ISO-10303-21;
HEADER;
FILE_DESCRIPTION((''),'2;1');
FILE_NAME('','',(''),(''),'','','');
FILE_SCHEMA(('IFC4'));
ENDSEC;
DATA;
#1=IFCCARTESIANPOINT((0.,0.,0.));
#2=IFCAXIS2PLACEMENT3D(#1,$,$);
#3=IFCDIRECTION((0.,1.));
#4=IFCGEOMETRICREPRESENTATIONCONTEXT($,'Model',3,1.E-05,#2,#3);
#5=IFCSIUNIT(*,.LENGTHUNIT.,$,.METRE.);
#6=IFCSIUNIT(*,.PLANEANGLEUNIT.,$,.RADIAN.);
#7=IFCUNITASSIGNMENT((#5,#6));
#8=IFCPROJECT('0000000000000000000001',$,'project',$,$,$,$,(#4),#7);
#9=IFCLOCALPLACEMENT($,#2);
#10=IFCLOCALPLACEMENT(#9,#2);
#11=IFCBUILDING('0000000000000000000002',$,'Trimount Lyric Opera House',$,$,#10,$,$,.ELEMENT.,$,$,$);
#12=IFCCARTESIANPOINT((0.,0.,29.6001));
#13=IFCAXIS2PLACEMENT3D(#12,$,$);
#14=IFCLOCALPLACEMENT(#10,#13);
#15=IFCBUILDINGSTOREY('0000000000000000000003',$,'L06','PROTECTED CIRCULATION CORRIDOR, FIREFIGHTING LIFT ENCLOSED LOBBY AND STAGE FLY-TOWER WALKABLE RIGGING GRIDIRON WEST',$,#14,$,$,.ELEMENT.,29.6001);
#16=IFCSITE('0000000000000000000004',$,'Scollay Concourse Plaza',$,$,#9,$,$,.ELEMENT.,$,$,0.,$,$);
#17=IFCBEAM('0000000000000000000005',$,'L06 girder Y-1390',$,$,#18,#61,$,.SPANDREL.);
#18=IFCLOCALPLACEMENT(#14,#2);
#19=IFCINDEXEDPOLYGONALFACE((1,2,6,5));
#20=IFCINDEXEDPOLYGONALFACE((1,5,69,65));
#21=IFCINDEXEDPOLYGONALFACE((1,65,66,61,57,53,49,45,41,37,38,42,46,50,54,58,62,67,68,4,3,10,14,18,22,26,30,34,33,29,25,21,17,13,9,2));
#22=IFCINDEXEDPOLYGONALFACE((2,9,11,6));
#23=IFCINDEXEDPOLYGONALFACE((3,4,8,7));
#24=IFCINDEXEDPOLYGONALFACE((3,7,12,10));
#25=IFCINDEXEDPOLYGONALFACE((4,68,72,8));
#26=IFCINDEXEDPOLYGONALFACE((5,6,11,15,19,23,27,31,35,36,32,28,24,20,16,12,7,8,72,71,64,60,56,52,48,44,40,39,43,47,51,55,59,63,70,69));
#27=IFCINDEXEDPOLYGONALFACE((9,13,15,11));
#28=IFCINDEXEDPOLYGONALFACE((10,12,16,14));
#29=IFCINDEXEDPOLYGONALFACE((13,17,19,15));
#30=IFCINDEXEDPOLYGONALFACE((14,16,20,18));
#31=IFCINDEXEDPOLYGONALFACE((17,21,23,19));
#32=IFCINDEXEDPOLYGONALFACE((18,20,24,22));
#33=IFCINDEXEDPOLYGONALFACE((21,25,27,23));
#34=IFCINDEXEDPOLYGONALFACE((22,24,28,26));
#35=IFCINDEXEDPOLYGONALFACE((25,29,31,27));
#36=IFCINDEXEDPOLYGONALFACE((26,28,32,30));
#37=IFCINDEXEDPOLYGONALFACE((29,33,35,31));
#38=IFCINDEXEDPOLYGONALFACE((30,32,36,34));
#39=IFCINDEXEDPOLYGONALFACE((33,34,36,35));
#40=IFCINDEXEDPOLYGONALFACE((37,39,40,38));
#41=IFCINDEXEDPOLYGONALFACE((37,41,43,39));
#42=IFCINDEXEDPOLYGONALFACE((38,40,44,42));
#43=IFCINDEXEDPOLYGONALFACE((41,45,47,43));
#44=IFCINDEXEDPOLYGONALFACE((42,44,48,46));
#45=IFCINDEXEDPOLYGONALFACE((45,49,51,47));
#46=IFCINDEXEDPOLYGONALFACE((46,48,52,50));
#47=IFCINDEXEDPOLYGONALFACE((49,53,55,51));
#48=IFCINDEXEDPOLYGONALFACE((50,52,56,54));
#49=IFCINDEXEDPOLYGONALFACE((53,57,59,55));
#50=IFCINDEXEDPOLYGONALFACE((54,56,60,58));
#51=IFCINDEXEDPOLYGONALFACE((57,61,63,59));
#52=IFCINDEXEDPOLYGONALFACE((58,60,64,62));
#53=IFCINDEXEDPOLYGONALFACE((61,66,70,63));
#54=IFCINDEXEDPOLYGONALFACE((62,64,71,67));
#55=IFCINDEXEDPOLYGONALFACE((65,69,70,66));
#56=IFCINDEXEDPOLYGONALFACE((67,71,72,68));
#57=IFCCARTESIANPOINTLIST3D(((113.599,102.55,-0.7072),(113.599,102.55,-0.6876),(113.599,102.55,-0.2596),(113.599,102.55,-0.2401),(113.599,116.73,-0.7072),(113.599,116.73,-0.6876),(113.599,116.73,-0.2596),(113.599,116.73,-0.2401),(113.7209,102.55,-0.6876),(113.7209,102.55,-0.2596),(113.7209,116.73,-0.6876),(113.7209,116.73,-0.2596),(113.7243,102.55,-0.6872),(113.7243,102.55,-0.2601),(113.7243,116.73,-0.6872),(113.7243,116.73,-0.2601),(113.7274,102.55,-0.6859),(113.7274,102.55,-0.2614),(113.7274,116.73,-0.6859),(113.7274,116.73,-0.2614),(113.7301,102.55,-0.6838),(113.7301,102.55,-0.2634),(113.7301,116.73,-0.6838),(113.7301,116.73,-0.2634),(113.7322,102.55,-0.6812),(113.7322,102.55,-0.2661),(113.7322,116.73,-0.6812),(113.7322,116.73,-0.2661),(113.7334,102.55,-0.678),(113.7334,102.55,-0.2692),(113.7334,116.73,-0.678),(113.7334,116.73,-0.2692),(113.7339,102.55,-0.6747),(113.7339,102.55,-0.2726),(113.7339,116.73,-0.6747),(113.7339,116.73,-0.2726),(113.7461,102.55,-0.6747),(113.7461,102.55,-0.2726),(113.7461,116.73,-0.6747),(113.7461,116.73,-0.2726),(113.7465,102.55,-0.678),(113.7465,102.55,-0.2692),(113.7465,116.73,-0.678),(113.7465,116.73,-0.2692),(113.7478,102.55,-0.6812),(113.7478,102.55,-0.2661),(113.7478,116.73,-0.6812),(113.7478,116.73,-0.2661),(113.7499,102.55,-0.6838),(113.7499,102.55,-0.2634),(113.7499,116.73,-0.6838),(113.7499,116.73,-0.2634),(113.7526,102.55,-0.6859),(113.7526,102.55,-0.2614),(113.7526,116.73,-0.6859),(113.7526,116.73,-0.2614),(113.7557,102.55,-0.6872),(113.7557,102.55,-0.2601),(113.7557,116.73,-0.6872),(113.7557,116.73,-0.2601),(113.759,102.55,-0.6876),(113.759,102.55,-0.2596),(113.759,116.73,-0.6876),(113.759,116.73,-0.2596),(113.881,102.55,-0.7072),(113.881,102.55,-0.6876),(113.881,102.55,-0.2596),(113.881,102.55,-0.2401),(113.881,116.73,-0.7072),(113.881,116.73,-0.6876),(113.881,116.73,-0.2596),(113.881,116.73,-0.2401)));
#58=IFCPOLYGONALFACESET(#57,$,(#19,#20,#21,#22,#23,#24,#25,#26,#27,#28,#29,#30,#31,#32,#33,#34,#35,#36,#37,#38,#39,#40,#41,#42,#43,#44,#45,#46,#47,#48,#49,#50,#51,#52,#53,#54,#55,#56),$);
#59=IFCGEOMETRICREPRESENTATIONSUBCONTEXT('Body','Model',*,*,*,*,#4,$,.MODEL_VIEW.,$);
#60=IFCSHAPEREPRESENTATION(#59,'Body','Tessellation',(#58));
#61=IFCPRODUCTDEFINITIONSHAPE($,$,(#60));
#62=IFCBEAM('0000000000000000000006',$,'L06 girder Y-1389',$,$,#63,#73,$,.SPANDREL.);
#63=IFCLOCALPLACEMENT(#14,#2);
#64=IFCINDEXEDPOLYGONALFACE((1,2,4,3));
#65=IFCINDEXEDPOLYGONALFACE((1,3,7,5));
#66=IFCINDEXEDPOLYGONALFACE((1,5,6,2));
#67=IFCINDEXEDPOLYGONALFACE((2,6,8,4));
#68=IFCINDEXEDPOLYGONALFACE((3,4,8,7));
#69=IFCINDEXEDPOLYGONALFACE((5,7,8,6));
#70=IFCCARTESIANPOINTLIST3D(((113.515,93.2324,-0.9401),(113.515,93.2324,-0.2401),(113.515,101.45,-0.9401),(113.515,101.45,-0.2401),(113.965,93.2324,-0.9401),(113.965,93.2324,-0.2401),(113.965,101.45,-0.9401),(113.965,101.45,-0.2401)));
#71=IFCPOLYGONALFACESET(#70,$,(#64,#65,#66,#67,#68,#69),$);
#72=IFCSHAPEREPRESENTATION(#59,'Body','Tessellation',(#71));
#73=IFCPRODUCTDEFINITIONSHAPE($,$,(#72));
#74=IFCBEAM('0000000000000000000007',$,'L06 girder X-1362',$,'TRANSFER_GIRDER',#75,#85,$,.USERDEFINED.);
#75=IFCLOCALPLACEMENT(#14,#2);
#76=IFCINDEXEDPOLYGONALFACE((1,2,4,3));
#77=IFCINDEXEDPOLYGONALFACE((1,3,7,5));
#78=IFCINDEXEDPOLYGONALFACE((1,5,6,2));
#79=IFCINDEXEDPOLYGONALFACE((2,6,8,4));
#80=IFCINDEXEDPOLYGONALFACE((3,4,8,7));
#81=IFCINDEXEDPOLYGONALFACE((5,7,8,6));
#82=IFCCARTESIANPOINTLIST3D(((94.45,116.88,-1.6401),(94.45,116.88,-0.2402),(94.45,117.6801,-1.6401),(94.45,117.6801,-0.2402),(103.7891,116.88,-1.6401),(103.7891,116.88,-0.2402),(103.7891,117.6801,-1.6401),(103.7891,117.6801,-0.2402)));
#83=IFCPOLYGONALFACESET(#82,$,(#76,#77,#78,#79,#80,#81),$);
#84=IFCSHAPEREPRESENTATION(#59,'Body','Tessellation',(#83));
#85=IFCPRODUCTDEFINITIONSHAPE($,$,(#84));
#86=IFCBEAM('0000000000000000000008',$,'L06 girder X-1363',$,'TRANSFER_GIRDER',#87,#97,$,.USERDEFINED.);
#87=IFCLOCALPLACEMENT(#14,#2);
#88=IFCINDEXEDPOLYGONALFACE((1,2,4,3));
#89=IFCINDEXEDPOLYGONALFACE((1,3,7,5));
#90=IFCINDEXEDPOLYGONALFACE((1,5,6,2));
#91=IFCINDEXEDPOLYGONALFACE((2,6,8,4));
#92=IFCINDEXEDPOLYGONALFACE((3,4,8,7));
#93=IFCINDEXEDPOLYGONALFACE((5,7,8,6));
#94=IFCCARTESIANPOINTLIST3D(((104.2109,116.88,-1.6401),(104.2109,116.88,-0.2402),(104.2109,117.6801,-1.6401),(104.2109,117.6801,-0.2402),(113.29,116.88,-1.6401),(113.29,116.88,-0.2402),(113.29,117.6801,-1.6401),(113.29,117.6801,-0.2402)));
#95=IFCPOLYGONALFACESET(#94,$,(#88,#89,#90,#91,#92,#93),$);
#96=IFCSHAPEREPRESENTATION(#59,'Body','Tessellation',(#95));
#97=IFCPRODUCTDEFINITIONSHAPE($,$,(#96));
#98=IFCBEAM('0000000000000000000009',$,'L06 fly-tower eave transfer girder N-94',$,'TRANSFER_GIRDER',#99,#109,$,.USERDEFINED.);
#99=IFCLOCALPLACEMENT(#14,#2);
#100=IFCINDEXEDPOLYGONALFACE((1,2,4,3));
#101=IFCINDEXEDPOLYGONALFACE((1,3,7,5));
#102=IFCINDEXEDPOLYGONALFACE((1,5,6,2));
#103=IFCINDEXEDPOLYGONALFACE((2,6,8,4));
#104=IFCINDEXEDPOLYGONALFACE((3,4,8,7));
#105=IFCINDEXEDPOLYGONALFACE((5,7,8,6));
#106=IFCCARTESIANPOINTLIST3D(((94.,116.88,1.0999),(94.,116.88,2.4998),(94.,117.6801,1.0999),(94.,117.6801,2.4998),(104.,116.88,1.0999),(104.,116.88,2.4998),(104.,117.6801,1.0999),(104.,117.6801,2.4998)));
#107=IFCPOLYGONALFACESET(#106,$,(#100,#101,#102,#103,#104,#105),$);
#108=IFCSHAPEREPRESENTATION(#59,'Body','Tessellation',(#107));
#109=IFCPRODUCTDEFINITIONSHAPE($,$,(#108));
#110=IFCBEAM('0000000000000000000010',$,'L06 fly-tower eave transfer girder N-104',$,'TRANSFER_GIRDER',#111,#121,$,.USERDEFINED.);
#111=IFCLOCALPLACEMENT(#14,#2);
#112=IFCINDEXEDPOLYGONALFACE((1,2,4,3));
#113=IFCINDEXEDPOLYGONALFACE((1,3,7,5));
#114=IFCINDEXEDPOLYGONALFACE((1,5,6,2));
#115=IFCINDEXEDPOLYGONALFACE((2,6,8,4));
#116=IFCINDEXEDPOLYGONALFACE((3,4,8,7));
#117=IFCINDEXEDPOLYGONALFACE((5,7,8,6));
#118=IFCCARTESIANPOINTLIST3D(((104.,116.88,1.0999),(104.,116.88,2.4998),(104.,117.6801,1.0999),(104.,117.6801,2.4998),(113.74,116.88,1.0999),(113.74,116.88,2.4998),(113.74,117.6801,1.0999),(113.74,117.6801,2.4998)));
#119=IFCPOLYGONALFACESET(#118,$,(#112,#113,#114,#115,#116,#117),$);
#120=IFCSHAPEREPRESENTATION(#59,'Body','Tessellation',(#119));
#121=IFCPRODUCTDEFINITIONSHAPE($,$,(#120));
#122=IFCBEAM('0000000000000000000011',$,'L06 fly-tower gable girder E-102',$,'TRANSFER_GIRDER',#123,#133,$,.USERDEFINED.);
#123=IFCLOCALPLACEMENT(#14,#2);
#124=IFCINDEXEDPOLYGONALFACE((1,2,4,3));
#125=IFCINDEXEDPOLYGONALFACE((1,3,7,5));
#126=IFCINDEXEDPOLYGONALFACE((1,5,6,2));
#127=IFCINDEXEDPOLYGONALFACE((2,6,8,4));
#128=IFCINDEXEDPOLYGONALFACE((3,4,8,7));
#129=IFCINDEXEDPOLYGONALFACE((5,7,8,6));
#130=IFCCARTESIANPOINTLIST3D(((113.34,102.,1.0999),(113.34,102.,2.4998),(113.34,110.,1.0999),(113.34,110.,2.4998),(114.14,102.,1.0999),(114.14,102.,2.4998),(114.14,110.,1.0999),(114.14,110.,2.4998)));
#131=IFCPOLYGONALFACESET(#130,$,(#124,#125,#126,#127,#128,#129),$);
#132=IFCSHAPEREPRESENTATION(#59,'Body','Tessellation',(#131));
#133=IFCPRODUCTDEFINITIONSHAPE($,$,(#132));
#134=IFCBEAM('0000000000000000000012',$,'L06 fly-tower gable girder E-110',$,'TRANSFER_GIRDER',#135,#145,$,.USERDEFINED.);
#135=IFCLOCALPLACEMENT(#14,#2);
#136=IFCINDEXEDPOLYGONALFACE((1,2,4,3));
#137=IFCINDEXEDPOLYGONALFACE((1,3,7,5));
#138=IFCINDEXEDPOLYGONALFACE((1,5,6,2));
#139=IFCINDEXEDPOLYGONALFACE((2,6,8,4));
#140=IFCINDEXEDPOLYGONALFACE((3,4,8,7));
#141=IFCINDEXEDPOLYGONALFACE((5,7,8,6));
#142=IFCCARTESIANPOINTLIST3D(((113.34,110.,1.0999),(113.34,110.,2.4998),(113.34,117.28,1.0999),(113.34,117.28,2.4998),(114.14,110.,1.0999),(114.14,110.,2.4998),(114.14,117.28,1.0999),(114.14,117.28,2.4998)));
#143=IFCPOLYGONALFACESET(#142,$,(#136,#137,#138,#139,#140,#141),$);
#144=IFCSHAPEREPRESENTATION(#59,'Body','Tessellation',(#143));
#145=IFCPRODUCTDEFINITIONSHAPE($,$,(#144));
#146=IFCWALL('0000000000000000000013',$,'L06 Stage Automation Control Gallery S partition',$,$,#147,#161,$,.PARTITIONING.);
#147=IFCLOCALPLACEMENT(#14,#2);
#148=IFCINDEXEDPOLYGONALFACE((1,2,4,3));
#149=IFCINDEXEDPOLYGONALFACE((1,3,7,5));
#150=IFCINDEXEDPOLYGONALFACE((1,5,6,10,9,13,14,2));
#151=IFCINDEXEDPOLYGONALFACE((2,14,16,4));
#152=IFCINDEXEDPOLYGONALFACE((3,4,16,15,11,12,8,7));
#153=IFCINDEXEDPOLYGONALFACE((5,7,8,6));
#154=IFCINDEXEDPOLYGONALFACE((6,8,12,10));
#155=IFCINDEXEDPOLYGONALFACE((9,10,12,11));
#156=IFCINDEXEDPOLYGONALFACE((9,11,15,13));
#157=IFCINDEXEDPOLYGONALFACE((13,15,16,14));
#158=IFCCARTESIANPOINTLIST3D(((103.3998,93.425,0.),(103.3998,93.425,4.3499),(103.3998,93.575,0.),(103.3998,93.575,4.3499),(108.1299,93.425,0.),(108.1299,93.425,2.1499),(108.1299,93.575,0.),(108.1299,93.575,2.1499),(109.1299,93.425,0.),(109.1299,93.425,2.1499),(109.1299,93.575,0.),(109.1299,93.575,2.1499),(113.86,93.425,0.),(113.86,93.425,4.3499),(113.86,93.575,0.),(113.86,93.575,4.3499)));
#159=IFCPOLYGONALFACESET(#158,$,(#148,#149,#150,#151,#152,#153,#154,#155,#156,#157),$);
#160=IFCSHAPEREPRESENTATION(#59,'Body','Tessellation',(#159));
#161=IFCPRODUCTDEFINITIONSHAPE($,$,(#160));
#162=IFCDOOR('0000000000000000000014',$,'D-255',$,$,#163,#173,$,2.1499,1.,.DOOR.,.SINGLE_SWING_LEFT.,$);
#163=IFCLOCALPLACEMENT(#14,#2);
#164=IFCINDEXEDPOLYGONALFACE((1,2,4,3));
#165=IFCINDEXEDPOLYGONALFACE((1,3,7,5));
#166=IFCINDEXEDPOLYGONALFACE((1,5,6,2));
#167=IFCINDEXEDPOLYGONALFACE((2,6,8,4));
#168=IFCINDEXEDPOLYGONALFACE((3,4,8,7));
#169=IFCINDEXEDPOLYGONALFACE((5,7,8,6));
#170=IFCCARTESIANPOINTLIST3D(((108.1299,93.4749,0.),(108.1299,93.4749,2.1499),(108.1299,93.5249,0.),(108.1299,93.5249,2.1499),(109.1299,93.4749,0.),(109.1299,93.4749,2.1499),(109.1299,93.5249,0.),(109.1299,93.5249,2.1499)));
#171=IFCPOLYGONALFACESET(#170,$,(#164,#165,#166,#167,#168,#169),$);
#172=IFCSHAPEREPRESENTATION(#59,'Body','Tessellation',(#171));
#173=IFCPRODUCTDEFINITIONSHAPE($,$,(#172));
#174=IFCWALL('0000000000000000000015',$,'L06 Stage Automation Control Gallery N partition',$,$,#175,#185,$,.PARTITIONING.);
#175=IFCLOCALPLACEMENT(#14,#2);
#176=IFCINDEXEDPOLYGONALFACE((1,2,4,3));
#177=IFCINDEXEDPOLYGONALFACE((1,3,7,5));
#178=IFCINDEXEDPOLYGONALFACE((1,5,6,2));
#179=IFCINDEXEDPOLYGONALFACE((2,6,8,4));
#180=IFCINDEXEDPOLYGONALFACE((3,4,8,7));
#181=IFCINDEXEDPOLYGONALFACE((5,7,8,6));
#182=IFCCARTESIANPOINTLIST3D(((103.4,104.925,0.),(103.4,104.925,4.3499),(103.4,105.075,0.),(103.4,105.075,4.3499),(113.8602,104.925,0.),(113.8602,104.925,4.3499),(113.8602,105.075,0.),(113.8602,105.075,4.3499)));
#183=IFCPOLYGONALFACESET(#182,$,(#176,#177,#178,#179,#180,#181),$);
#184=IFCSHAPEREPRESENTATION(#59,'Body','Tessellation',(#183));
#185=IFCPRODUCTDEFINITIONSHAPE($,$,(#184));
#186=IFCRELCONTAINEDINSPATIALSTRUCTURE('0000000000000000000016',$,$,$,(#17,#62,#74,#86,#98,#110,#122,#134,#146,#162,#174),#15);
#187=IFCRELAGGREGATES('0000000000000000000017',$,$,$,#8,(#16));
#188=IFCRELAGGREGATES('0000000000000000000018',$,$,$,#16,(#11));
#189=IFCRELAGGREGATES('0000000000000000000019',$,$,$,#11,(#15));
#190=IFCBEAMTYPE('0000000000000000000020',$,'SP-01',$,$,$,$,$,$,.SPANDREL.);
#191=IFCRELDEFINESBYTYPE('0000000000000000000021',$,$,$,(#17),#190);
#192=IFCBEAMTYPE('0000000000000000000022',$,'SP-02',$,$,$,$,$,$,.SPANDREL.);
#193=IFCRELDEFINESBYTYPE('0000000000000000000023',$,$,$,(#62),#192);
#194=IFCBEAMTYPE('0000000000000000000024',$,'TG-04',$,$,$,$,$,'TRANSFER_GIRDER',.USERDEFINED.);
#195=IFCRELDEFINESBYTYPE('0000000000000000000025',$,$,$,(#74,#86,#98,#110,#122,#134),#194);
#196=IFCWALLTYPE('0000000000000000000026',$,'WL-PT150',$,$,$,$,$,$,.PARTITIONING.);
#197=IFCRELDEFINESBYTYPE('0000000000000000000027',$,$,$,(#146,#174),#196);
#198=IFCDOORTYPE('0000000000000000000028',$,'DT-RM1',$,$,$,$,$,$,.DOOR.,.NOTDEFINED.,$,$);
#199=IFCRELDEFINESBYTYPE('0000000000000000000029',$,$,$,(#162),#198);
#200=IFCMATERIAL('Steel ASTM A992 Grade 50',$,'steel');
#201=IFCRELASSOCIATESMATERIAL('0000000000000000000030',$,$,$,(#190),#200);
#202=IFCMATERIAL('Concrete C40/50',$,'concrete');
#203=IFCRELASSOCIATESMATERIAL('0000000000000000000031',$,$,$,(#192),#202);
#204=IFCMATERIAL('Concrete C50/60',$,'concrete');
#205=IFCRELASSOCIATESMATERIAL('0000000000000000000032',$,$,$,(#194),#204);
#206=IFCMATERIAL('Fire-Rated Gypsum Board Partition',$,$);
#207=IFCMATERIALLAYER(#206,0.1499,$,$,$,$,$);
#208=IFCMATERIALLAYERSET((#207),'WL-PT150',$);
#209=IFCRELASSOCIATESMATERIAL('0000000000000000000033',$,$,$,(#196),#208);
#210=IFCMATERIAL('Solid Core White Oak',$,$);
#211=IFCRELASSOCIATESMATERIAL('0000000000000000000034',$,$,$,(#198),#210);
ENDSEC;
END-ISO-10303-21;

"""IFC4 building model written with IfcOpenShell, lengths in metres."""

from ifc_helpers import new_model, si_unit, direction, frame, frame_2d, origin, origin_2d, place, context, subcontext, project, spatial, rectangle, i_section, extrude, material, layer, layer_set, material_profile, profile_set, type_object, element, fill, save


model = new_model("IFC4")

# Units and contexts
model_context = context("Model", 3, precision=1e-05, world=origin(), true_north=direction((0.0, 1.0)))
body_context = subcontext(model_context, "Body", "Model", "MODEL_VIEW")
ifc_project = project(units=[si_unit("LENGTHUNIT", "METRE"), si_unit("PLANEANGLEUNIT", "RADIAN")], contexts=[model_context])

# Site, building, storey
site_placement = place(None, origin())
site = spatial("IfcSite", under=ifc_project, at=site_placement, Name="Scollay Concourse Plaza", CompositionType="ELEMENT", RefElevation=0.0)
building_placement = place(site_placement, origin())
building = spatial("IfcBuilding", under=site, at=building_placement, Name="Trimount Lyric Opera House", CompositionType="ELEMENT")
storey_placement = place(building_placement, frame((0.0, 0.0, 29.6001)))
storey = spatial("IfcBuildingStorey", under=building, at=storey_placement, Name="L06", Description="PROTECTED CIRCULATION CORRIDOR, FIREFIGHTING LIFT ENCLOSED LOBBY AND STAGE FLY-TOWER WALKABLE RIGGING GRIDIRON WEST", CompositionType="ELEMENT", Elevation=29.6001)

# Beams
ifc_material_1 = material(Name="Steel ASTM A992 Grade 50", Category="steel")
ifc_material_profile_1 = material_profile(ifc_material_1, i_section(OverallWidth=0.282, OverallDepth=0.467, WebThickness=0.0122, FlangeThickness=0.0195, FilletRadius=0.0129, at=origin_2d()), Name="W18X86")
ifc_profile_set_1 = profile_set([ifc_material_profile_1], Name="Steel ASTM A992 Grade 50")
beam_type_1 = type_object("IfcBeamType", Name="SP-01", PredefinedType="SPANDREL", material=ifc_profile_set_1)
beam_1_placement = place(storey_placement, frame((113.74, 102.55, -0.4736), z_axis=(0.0, 1.0, 0.0), x_axis=(-1.0, 0.0, 0.0)))
element("IfcBeam", 1, at=beam_1_placement, inside=storey, type_object=beam_type_1, Name="L06 girder Y-1390", PredefinedType="SPANDREL", context=body_context, shape_type="SweptSolid", body=[
    extrude(i_section(OverallWidth=0.282, OverallDepth=0.467, WebThickness=0.0122, FlangeThickness=0.0195, FilletRadius=0.0129, at=origin_2d()), origin(), (0.0, 0.0, 1.0), 14.1799),
])
ifc_material_2 = material(Name="Concrete C40/50", Category="concrete")
ifc_material_profile_2 = material_profile(ifc_material_2, rectangle(XDim=0.45, YDim=0.7, at=origin_2d()), Name="RC450X700")
ifc_profile_set_2 = profile_set([ifc_material_profile_2], Name="Concrete C40/50")
beam_type_2 = type_object("IfcBeamType", Name="SP-02", PredefinedType="SPANDREL", material=ifc_profile_set_2)
beam_2_placement = place(storey_placement, frame((113.74, 93.2324, -0.5901), z_axis=(0.0, 1.0, 0.0), x_axis=(-1.0, 0.0, 0.0)))
element("IfcBeam", 2, at=beam_2_placement, inside=storey, type_object=beam_type_2, Name="L06 girder Y-1389", PredefinedType="SPANDREL", context=body_context, shape_type="SweptSolid", body=[
    extrude(rectangle(XDim=0.45, YDim=0.7, at=origin_2d()), origin(), (0.0, 0.0, 1.0), 8.2175),
])
ifc_material_3 = material(Name="Concrete C50/60", Category="concrete")
ifc_material_profile_3 = material_profile(ifc_material_3, rectangle(XDim=0.8, YDim=1.3999, at=origin_2d()), Name="RC800X1400")
ifc_profile_set_3 = profile_set([ifc_material_profile_3], Name="Concrete C50/60")
beam_type_3 = type_object("IfcBeamType", Name="TG-04", ElementType="TRANSFER_GIRDER", PredefinedType="USERDEFINED", material=ifc_profile_set_3)
beam_3_placement = place(storey_placement, frame((94.45, 117.28, -0.9402), z_axis=(1.0, 0.0, 0.0), x_axis=(0.0, 1.0, 0.0)))
element("IfcBeam", 3, at=beam_3_placement, inside=storey, type_object=beam_type_3, Name="L06 girder X-1362", ObjectType="TRANSFER_GIRDER", PredefinedType="USERDEFINED", context=body_context, shape_type="SweptSolid", body=[
    extrude(rectangle(XDim=0.8, YDim=1.3999, at=origin_2d()), origin(), (0.0, 0.0, 1.0), 9.3391),
])
beam_4_placement = place(storey_placement, frame((104.2109, 117.28, -0.9402), z_axis=(1.0, 0.0, 0.0), x_axis=(0.0, 1.0, 0.0)))
element("IfcBeam", 4, at=beam_4_placement, inside=storey, type_object=beam_type_3, Name="L06 girder X-1363", ObjectType="TRANSFER_GIRDER", PredefinedType="USERDEFINED", context=body_context, shape_type="SweptSolid", body=[
    extrude(rectangle(XDim=0.8, YDim=1.3999, at=origin_2d()), origin(), (0.0, 0.0, 1.0), 9.0791),
])
beam_5_placement = place(storey_placement, frame((94.0, 117.28, 1.7998), z_axis=(1.0, 0.0, 0.0), x_axis=(0.0, 1.0, 0.0)))
element("IfcBeam", 5, at=beam_5_placement, inside=storey, type_object=beam_type_3, Name="L06 fly-tower eave transfer girder N-94", ObjectType="TRANSFER_GIRDER", PredefinedType="USERDEFINED", context=body_context, shape_type="SweptSolid", body=[
    extrude(rectangle(XDim=0.8, YDim=1.3999, at=origin_2d()), origin(), (0.0, 0.0, 1.0), 10.0),
])
beam_6_placement = place(storey_placement, frame((104.0, 117.28, 1.7998), z_axis=(1.0, 0.0, 0.0), x_axis=(0.0, 1.0, 0.0)))
element("IfcBeam", 6, at=beam_6_placement, inside=storey, type_object=beam_type_3, Name="L06 fly-tower eave transfer girder N-104", ObjectType="TRANSFER_GIRDER", PredefinedType="USERDEFINED", context=body_context, shape_type="SweptSolid", body=[
    extrude(rectangle(XDim=0.8, YDim=1.3999, at=origin_2d()), origin(), (0.0, 0.0, 1.0), 9.74),
])
beam_7_placement = place(storey_placement, frame((113.74, 102.0, 1.7998), z_axis=(0.0, 1.0, 0.0), x_axis=(-1.0, 0.0, 0.0)))
element("IfcBeam", 7, at=beam_7_placement, inside=storey, type_object=beam_type_3, Name="L06 fly-tower gable girder E-102", ObjectType="TRANSFER_GIRDER", PredefinedType="USERDEFINED", context=body_context, shape_type="SweptSolid", body=[
    extrude(rectangle(XDim=0.8, YDim=1.3999, at=origin_2d()), origin(), (0.0, 0.0, 1.0), 8.0),
])
beam_8_placement = place(storey_placement, frame((113.74, 110.0, 1.7998), z_axis=(0.0, 1.0, 0.0), x_axis=(-1.0, 0.0, 0.0)))
element("IfcBeam", 8, at=beam_8_placement, inside=storey, type_object=beam_type_3, Name="L06 fly-tower gable girder E-110", ObjectType="TRANSFER_GIRDER", PredefinedType="USERDEFINED", context=body_context, shape_type="SweptSolid", body=[
    extrude(rectangle(XDim=0.8, YDim=1.3999, at=origin_2d()), origin(), (0.0, 0.0, 1.0), 7.28),
])

# Wall, opening, door
ifc_material_4 = material(Name="Fire-Rated Gypsum Board Partition")
ifc_layer_1 = layer(ifc_material_4, 0.1499)
ifc_layer_set_1 = layer_set([ifc_layer_1], Name="WL-PT150")
wall_type_1 = type_object("IfcWallType", Name="WL-PT150", PredefinedType="PARTITIONING", material=ifc_layer_set_1)
wall_1_placement = place(storey_placement, frame((103.3999, 93.5, 0.0), z_axis=(0.0, 0.0, 1.0), x_axis=(1.0, 0.0, 0.0)))
wall_1 = element("IfcWall", 9, at=wall_1_placement, inside=storey, type_object=wall_type_1, Name="L06 Stage Automation Control Gallery S partition", PredefinedType="PARTITIONING", context=body_context, shape_type="SweptSolid", body=[
    extrude(rectangle(XDim=10.4602, YDim=0.1499, at=frame_2d((5.23, 0.0))), origin(), (0.0, 0.0, 1.0), 4.3499),
])
opening_1_placement = place(wall_1_placement, frame((4.73, 0.0, 0.0)))
opening_1 = element("IfcOpeningElement", 10, at=opening_1_placement, cuts=wall_1, PredefinedType="OPENING", context=body_context, shape_type="SweptSolid", body=[
    extrude(rectangle(XDim=1.0, YDim=2.1499, at=frame_2d((0.5, 1.075))), frame((0.0, 0.085, 0.0), z_axis=(0.0, -1.0, 0.0), x_axis=(1.0, 0.0, 0.0)), (0.0, 0.0, 1.0), 0.1699),
])
ifc_material_5 = material(Name="Solid Core White Oak")
door_type_1 = type_object("IfcDoorType", Name="DT-RM1", OperationType="NOTDEFINED", PredefinedType="DOOR", material=ifc_material_5)
door_1_placement = place(opening_1_placement, origin())
door_1 = element("IfcDoor", 11, at=door_1_placement, inside=storey, type_object=door_type_1, Name="D-255", OperationType="SINGLE_SWING_LEFT", OverallHeight=2.1499, OverallWidth=1.0, PredefinedType="DOOR", context=body_context, shape_type="SweptSolid", body=[
    extrude(rectangle(XDim=1.0, YDim=2.1499, at=frame_2d((0.5, 1.075))), frame((0.0, 0.0249, 0.0), z_axis=(0.0, -1.0, 0.0), x_axis=(1.0, 0.0, 0.0)), (0.0, 0.0, 1.0), 0.05),
])
fill(opening_1, door_1)

# Wall
wall_2_placement = place(storey_placement, frame((113.8601, 105.0, 0.0), z_axis=(0.0, 0.0, 1.0), x_axis=(-1.0, 0.0, 0.0)))
element("IfcWall", 12, at=wall_2_placement, inside=storey, type_object=wall_type_1, Name="L06 Stage Automation Control Gallery N partition", PredefinedType="PARTITIONING", context=body_context, shape_type="SweptSolid", body=[
    extrude(rectangle(XDim=10.4602, YDim=0.1499, at=frame_2d((5.23, 0.0))), origin(), (0.0, 0.0, 1.0), 4.3499),
])

save(model, "model.ifc")
